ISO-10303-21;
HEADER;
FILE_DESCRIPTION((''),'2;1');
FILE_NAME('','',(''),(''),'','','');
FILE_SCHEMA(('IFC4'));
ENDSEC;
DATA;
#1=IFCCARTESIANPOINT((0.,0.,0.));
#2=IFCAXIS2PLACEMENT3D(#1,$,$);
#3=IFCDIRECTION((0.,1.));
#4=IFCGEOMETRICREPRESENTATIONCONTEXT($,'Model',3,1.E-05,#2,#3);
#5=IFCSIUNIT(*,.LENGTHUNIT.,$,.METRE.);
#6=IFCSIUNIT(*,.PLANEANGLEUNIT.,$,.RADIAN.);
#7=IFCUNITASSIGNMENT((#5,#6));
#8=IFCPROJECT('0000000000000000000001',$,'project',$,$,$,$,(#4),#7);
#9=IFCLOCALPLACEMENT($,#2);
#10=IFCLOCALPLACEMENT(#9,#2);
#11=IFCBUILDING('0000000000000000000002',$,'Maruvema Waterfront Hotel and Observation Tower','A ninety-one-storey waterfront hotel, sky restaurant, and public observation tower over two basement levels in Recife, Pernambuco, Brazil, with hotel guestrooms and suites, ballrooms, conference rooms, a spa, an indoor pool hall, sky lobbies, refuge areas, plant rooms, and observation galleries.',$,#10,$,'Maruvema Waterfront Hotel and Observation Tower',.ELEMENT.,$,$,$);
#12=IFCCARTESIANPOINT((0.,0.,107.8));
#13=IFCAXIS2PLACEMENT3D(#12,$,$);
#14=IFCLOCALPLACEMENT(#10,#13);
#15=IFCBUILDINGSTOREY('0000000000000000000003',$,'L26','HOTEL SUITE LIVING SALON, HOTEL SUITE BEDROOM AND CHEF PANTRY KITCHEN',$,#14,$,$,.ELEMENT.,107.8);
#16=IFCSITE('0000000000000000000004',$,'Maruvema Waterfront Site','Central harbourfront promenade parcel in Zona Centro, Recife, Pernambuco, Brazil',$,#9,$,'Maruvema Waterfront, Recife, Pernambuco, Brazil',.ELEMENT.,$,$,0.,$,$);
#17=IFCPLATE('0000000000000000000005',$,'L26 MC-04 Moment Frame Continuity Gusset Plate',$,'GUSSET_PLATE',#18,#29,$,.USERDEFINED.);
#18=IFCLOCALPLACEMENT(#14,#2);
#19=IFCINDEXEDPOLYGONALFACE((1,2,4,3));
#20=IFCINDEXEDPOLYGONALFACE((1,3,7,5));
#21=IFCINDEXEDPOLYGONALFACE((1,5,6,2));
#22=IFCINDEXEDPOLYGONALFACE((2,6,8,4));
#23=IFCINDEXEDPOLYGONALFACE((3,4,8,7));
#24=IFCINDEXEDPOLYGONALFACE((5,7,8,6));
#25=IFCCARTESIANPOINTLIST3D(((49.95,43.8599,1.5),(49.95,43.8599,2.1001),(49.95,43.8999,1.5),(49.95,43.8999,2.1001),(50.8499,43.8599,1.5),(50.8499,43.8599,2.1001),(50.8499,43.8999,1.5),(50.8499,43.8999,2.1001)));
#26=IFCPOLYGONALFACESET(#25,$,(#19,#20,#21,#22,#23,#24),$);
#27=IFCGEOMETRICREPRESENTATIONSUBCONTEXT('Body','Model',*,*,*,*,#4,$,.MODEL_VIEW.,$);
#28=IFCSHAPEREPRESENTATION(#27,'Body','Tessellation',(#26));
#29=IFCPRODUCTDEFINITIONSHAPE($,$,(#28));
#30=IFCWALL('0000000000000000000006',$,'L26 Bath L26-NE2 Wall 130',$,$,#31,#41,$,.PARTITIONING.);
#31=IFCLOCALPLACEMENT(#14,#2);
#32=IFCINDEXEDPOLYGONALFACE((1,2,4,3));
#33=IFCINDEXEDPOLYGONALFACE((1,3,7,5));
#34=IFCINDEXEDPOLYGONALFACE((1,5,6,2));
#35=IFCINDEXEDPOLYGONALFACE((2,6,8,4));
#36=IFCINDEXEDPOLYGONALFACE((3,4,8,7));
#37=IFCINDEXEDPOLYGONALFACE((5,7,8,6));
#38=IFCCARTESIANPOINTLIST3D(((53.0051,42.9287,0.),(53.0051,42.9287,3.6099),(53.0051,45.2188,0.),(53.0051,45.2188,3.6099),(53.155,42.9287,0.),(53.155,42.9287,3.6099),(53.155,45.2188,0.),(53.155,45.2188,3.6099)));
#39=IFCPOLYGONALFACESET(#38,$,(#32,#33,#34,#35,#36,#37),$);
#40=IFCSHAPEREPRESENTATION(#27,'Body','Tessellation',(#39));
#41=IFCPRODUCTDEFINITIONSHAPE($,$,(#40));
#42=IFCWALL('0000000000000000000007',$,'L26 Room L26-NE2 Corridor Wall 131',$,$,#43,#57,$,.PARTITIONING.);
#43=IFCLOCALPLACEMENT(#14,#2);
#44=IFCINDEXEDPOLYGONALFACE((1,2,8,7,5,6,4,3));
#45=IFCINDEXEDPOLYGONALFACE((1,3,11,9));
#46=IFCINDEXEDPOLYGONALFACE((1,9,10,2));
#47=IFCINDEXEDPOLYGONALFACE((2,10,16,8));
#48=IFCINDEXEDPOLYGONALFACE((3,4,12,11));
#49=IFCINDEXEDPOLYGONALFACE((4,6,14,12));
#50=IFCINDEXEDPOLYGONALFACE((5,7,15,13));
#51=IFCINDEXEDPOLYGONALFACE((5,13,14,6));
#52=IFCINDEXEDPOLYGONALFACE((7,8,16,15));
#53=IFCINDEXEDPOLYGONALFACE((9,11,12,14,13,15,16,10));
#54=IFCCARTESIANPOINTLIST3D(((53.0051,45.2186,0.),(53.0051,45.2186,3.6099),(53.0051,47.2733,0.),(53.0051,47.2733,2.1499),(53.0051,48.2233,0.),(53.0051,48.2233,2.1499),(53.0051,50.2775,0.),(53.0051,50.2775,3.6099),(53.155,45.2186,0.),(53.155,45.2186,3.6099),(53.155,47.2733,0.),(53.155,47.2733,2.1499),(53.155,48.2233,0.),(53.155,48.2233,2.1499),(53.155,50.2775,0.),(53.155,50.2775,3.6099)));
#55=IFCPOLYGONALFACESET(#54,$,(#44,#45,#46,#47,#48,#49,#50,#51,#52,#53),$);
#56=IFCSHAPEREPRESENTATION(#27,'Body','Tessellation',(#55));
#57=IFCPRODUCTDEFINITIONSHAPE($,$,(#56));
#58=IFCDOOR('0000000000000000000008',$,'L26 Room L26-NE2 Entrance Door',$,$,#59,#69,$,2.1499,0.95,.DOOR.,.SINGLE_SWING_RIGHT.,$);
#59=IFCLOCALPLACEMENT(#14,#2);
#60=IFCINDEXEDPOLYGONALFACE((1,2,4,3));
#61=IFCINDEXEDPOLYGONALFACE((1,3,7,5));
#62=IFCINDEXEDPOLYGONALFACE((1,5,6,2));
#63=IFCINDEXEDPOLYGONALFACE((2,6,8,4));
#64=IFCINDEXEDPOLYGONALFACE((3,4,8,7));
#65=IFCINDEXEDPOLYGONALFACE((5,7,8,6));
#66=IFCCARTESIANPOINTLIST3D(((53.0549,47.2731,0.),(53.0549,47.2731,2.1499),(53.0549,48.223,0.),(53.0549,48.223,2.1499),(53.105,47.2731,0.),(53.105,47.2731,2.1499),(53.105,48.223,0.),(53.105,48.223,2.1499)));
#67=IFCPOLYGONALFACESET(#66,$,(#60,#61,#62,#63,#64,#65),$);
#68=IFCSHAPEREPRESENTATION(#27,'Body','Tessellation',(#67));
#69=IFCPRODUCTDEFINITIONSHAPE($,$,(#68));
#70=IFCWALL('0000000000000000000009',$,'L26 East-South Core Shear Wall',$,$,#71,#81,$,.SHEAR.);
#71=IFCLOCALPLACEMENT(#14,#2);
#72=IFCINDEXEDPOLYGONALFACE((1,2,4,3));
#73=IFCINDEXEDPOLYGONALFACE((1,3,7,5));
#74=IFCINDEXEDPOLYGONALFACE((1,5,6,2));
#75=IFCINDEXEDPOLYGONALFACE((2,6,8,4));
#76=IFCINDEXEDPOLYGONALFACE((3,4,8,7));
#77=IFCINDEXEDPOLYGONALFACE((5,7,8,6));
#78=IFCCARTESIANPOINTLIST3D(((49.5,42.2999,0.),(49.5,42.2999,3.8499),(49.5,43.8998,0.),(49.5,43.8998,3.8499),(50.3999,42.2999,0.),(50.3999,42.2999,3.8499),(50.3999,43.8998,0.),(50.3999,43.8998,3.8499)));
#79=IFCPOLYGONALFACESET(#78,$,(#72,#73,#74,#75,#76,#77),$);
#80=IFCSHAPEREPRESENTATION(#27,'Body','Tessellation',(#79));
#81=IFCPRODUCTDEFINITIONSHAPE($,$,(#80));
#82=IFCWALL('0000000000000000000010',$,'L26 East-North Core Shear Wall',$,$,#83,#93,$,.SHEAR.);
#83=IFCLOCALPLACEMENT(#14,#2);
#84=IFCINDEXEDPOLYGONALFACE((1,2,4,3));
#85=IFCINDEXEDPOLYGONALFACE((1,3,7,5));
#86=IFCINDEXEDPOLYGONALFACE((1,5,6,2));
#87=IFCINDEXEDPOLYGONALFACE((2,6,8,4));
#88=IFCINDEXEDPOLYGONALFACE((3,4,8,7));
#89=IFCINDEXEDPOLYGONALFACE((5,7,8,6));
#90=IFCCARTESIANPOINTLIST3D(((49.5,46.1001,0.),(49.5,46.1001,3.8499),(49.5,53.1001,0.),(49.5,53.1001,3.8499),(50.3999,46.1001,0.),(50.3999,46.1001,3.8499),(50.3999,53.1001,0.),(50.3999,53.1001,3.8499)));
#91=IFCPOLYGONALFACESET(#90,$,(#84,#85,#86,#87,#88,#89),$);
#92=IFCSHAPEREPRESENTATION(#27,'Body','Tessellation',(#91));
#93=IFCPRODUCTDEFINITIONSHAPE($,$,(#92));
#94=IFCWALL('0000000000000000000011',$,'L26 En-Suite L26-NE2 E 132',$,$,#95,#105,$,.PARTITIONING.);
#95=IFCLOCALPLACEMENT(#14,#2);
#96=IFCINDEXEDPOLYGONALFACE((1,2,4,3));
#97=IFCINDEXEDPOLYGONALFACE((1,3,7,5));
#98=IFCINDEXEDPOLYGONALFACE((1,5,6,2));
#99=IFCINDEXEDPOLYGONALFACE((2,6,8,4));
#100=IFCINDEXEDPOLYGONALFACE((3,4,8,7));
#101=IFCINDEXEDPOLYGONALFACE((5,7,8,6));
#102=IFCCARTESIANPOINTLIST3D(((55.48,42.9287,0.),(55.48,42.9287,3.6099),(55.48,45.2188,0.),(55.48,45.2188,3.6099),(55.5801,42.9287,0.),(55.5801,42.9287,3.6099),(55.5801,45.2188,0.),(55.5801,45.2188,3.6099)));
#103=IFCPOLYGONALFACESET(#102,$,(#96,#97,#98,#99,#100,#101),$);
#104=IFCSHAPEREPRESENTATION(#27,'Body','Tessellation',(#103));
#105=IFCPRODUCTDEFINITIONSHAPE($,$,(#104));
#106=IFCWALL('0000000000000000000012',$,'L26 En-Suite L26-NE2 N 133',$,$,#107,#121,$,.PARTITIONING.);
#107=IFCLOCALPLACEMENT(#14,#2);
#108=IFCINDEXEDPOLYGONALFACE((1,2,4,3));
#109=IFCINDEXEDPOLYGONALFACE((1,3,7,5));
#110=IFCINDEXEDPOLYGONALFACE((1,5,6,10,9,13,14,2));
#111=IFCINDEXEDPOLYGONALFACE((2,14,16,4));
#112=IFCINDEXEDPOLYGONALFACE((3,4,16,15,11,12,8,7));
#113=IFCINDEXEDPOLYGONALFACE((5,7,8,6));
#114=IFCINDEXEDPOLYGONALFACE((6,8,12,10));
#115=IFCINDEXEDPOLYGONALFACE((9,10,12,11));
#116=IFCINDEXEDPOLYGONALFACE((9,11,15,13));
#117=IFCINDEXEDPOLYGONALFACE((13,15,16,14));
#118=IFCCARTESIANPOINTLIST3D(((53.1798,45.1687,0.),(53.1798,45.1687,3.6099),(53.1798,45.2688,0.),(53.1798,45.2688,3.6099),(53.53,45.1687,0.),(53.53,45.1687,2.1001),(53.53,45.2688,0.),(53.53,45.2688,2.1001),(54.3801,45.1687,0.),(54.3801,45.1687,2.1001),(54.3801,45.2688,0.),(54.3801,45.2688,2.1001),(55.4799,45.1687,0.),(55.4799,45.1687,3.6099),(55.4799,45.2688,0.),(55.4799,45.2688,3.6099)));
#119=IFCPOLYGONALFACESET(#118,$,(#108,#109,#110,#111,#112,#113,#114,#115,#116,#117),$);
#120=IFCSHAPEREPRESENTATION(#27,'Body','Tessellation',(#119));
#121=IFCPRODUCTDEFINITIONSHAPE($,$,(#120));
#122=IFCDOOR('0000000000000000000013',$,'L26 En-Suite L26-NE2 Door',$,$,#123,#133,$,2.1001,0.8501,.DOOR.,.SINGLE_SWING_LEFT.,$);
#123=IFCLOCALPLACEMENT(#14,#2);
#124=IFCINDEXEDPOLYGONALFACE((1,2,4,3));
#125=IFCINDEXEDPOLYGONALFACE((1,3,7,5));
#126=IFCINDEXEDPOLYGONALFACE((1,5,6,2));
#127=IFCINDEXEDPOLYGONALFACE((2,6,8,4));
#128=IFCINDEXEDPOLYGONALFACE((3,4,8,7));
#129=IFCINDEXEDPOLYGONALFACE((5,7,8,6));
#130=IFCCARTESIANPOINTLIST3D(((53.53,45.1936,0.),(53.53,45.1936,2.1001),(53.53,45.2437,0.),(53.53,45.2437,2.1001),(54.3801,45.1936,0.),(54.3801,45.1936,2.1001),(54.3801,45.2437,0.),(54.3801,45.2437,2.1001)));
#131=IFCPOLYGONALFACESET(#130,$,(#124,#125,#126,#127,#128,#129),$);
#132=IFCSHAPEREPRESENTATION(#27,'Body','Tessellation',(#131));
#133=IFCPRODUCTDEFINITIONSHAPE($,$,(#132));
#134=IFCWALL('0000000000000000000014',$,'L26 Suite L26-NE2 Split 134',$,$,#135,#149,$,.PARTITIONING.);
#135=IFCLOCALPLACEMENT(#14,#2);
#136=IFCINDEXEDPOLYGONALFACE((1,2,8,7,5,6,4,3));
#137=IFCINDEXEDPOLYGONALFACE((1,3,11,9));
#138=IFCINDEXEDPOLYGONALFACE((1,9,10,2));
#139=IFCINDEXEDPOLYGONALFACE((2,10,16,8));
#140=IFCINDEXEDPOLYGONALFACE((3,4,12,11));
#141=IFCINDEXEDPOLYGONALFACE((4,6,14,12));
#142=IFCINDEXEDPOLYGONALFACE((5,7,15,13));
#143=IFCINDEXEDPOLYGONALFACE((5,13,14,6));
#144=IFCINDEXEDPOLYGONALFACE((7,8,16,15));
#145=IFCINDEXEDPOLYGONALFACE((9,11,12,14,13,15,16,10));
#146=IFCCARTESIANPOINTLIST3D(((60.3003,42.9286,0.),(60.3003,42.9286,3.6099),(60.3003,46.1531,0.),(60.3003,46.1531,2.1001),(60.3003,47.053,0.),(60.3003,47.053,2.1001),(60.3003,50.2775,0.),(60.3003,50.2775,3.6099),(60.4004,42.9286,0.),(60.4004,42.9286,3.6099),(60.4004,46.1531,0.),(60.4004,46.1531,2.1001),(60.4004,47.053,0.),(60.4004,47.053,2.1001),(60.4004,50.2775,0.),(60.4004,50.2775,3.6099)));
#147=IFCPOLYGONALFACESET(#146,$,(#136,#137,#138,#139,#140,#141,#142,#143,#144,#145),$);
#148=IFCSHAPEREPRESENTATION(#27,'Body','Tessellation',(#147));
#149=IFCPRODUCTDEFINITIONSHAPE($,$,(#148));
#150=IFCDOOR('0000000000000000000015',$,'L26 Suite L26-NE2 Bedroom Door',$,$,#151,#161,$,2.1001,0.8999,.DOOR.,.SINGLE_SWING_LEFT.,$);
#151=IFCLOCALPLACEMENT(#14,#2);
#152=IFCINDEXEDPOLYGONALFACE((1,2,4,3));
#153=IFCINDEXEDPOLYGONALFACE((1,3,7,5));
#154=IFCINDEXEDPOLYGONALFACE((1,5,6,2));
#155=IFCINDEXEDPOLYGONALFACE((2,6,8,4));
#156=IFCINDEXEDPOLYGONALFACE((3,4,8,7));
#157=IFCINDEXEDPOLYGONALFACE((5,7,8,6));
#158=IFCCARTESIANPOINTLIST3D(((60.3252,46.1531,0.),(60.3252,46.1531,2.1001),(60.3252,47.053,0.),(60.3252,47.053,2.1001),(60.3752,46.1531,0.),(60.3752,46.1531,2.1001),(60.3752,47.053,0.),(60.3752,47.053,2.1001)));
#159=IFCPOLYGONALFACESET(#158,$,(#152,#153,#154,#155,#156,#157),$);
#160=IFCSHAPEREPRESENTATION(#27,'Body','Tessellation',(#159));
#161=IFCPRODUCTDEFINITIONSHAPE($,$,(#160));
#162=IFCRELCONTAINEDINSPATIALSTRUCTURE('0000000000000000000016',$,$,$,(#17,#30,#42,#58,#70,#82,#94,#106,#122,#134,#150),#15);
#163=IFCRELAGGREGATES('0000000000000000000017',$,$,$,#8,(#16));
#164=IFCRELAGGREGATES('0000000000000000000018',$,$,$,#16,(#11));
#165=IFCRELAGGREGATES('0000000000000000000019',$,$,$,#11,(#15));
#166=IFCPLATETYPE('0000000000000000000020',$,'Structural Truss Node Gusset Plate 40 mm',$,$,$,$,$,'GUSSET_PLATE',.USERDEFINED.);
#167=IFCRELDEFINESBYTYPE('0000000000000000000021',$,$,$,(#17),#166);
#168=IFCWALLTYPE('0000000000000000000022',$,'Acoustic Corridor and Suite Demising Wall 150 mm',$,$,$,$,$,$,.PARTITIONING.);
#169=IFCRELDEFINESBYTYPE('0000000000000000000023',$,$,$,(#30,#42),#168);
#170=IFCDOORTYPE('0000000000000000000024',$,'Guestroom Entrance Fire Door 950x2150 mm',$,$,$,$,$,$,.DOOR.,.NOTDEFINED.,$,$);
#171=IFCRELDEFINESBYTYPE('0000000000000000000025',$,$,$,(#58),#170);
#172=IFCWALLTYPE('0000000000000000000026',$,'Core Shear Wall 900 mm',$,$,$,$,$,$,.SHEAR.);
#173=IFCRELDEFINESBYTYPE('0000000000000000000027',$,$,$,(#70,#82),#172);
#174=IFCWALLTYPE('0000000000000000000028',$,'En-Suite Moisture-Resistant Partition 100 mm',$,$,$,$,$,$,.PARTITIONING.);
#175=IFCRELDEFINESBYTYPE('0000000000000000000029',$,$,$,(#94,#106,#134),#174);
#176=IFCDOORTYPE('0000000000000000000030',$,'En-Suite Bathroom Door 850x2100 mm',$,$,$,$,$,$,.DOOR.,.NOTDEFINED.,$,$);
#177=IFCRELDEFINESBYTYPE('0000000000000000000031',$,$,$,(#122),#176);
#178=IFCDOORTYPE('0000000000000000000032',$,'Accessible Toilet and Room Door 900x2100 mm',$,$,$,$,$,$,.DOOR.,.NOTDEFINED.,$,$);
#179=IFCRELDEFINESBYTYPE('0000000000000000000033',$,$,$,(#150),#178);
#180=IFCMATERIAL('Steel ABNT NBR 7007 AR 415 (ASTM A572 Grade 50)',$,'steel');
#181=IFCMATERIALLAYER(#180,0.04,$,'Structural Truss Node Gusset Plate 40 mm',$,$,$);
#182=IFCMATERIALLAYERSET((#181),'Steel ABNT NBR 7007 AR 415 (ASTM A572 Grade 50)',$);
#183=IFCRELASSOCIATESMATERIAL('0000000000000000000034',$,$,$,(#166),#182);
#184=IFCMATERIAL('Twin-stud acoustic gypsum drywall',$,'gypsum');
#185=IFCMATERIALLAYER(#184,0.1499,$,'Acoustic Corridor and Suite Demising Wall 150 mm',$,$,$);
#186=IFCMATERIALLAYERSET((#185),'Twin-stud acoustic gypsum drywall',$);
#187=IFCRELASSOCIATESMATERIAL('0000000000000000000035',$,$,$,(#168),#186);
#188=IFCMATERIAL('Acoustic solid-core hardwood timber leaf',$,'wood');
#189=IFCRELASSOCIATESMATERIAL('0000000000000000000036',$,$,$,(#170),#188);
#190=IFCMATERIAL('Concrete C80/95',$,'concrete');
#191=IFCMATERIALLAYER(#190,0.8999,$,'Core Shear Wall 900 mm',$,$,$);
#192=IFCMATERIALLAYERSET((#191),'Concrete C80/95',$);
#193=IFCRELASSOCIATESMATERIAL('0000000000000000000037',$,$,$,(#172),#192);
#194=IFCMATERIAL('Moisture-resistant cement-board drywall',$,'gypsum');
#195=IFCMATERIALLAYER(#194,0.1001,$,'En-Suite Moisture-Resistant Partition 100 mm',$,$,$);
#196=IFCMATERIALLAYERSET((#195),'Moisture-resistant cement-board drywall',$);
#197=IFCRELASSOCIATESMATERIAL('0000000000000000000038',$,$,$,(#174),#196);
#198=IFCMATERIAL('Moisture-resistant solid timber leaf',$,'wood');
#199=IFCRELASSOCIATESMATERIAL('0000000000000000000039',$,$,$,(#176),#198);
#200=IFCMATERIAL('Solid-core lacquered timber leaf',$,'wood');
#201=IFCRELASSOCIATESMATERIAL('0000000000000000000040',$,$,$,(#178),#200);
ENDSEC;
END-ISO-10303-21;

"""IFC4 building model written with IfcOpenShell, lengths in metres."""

from ifc_helpers import new_model, si_unit, direction, frame, frame_2d, origin, origin_2d, place, context, subcontext, project, spatial, rectangle, extrude, material, layer, layer_set, type_object, element, fill, save


model = new_model("IFC4")

# Units and contexts
model_context = context("Model", 3, precision=1e-05, world=origin(), true_north=direction((0.0, 1.0)))
body_context = subcontext(model_context, "Body", "Model", "MODEL_VIEW")
ifc_project = project(units=[si_unit("LENGTHUNIT", "METRE"), si_unit("PLANEANGLEUNIT", "RADIAN")], contexts=[model_context])

# Site, building, storey
site_placement = place(None, origin())
site = spatial("IfcSite", under=ifc_project, at=site_placement, Name="Maruvema Waterfront Site", Description="Central harbourfront promenade parcel in Zona Centro, Recife, Pernambuco, Brazil", LongName="Maruvema Waterfront, Recife, Pernambuco, Brazil", CompositionType="ELEMENT", RefElevation=0.0)
building_placement = place(site_placement, origin())
building = spatial("IfcBuilding", under=site, at=building_placement, Name="Maruvema Waterfront Hotel and Observation Tower", Description="A ninety-one-storey waterfront hotel, sky restaurant, and public observation tower over two basement levels in Recife, Pernambuco, Brazil, with hotel guestrooms and suites, ballrooms, conference rooms, a spa, an indoor pool hall, sky lobbies, refuge areas, plant rooms, and observation galleries.", LongName="Maruvema Waterfront Hotel and Observation Tower", CompositionType="ELEMENT")
storey_placement = place(building_placement, frame((0.0, 0.0, 107.8)))
storey = spatial("IfcBuildingStorey", under=building, at=storey_placement, Name="L26", Description="HOTEL SUITE LIVING SALON, HOTEL SUITE BEDROOM AND CHEF PANTRY KITCHEN", CompositionType="ELEMENT", Elevation=107.8)

# Plate
ifc_material_1 = material(Name="Steel ABNT NBR 7007 AR 415 (ASTM A572 Grade 50)", Category="steel")
ifc_layer_1 = layer(ifc_material_1, 0.04, Name="Structural Truss Node Gusset Plate 40 mm")
ifc_layer_set_1 = layer_set([ifc_layer_1], Name="Steel ABNT NBR 7007 AR 415 (ASTM A572 Grade 50)")
plate_type_1 = type_object("IfcPlateType", Name="Structural Truss Node Gusset Plate 40 mm", ElementType="GUSSET_PLATE", PredefinedType="USERDEFINED", material=ifc_layer_set_1)
plate_1_placement = place(storey_placement, frame((50.3999, 43.8799, 1.5), z_axis=(0.0, 0.0, 1.0), x_axis=(1.0, 0.0, 0.0)))
element("IfcPlate", 1, at=plate_1_placement, inside=storey, type_object=plate_type_1, Name="L26 MC-04 Moment Frame Continuity Gusset Plate", ObjectType="GUSSET_PLATE", PredefinedType="USERDEFINED", context=body_context, shape_type="SweptSolid", body=[
    extrude(rectangle(XDim=0.8999, YDim=0.04, at=origin_2d()), origin(), (0.0, 0.0, 1.0), 0.6001),
])

# Wall
ifc_material_2 = material(Name="Twin-stud acoustic gypsum drywall", Category="gypsum")
ifc_layer_2 = layer(ifc_material_2, 0.1499, Name="Acoustic Corridor and Suite Demising Wall 150 mm")
ifc_layer_set_2 = layer_set([ifc_layer_2], Name="Twin-stud acoustic gypsum drywall")
wall_type_1 = type_object("IfcWallType", Name="Acoustic Corridor and Suite Demising Wall 150 mm", PredefinedType="PARTITIONING", material=ifc_layer_set_2)
wall_1_placement = place(storey_placement, frame((53.0801, 42.9287, 0.0), z_axis=(0.0, 0.0, 1.0), x_axis=(0.0, 1.0, 0.0)))
element("IfcWall", 2, at=wall_1_placement, inside=storey, type_object=wall_type_1, Name="L26 Bath L26-NE2 Wall 130", PredefinedType="PARTITIONING", context=body_context, shape_type="SweptSolid", body=[
    extrude(rectangle(XDim=2.29, YDim=0.1499, at=frame_2d((1.145, 0.0))), origin(), (0.0, 0.0, 1.0), 3.6099),
])

# Wall, opening, door
wall_2_placement = place(storey_placement, frame((53.0801, 45.2188, 0.0), z_axis=(0.0, 0.0, 1.0), x_axis=(0.0, 1.0, 0.0)))
wall_2 = element("IfcWall", 3, at=wall_2_placement, inside=storey, type_object=wall_type_1, Name="L26 Room L26-NE2 Corridor Wall 131", PredefinedType="PARTITIONING", context=body_context, shape_type="SweptSolid", body=[
    extrude(rectangle(XDim=5.0588, YDim=0.1499, at=frame_2d((2.5293, 0.0))), origin(), (0.0, 0.0, 1.0), 3.6099),
])
opening_1_placement = place(wall_2_placement, frame((2.0544, 0.0, 0.0)))
opening_1 = element("IfcOpeningElement", 4, at=opening_1_placement, cuts=wall_2, PredefinedType="OPENING", context=body_context, shape_type="SweptSolid", body=[
    extrude(rectangle(XDim=0.95, YDim=2.1499, at=frame_2d((0.4751, 1.075))), frame((0.0, 0.085, 0.0), z_axis=(0.0, -1.0, 0.0), x_axis=(1.0, 0.0, 0.0)), (0.0, 0.0, 1.0), 0.1699),
])
ifc_material_3 = material(Name="Acoustic solid-core hardwood timber leaf", Category="wood")
door_type_1 = type_object("IfcDoorType", Name="Guestroom Entrance Fire Door 950x2150 mm", OperationType="NOTDEFINED", PredefinedType="DOOR", material=ifc_material_3)
door_1_placement = place(opening_1_placement, frame((0.95, 0.0, 0.0), z_axis=(0.0, 0.0, 1.0), x_axis=(-1.0, 0.0, 0.0)))
door_1 = element("IfcDoor", 5, at=door_1_placement, inside=storey, type_object=door_type_1, Name="L26 Room L26-NE2 Entrance Door", OperationType="SINGLE_SWING_RIGHT", OverallHeight=2.1499, OverallWidth=0.95, PredefinedType="DOOR", context=body_context, shape_type="SweptSolid", body=[
    extrude(rectangle(XDim=0.95, YDim=2.1499, at=frame_2d((0.4751, 1.075))), frame((0.0, 0.0249, 0.0), z_axis=(0.0, -1.0, 0.0), x_axis=(1.0, 0.0, 0.0)), (0.0, 0.0, 1.0), 0.05),
])
fill(opening_1, door_1)

# Walls
ifc_material_4 = material(Name="Concrete C80/95", Category="concrete")
ifc_layer_3 = layer(ifc_material_4, 0.8999, Name="Core Shear Wall 900 mm")
ifc_layer_set_3 = layer_set([ifc_layer_3], Name="Concrete C80/95")
wall_type_2 = type_object("IfcWallType", Name="Core Shear Wall 900 mm", PredefinedType="SHEAR", material=ifc_layer_set_3)
wall_3_placement = place(storey_placement, frame((49.95, 42.3, 0.0), z_axis=(0.0, 0.0, 1.0), x_axis=(0.0, 1.0, 0.0)))
element("IfcWall", 6, at=wall_3_placement, inside=storey, type_object=wall_type_2, Name="L26 East-South Core Shear Wall", PredefinedType="SHEAR", context=body_context, shape_type="SweptSolid", body=[
    extrude(rectangle(XDim=1.5999, YDim=0.8999, at=frame_2d((0.7998, 0.0))), origin(), (0.0, 0.0, 1.0), 3.8499),
])
wall_4_placement = place(storey_placement, frame((49.95, 46.1001, 0.0), z_axis=(0.0, 0.0, 1.0), x_axis=(0.0, 1.0, 0.0)))
element("IfcWall", 7, at=wall_4_placement, inside=storey, type_object=wall_type_2, Name="L26 East-North Core Shear Wall", PredefinedType="SHEAR", context=body_context, shape_type="SweptSolid", body=[
    extrude(rectangle(XDim=7.0, YDim=0.8999, at=frame_2d((3.5, 0.0))), origin(), (0.0, 0.0, 1.0), 3.8499),
])
ifc_material_5 = material(Name="Moisture-resistant cement-board drywall", Category="gypsum")
ifc_layer_4 = layer(ifc_material_5, 0.1001, Name="En-Suite Moisture-Resistant Partition 100 mm")
ifc_layer_set_4 = layer_set([ifc_layer_4], Name="Moisture-resistant cement-board drywall")
wall_type_3 = type_object("IfcWallType", Name="En-Suite Moisture-Resistant Partition 100 mm", PredefinedType="PARTITIONING", material=ifc_layer_set_4)
wall_5_placement = place(storey_placement, frame((55.53, 42.9287, 0.0), z_axis=(0.0, 0.0, 1.0), x_axis=(0.0, 1.0, 0.0)))
element("IfcWall", 8, at=wall_5_placement, inside=storey, type_object=wall_type_3, Name="L26 En-Suite L26-NE2 E 132", PredefinedType="PARTITIONING", context=body_context, shape_type="SweptSolid", body=[
    extrude(rectangle(XDim=2.29, YDim=0.1001, at=frame_2d((1.145, 0.0))), origin(), (0.0, 0.0, 1.0), 3.6099),
])

# Walls, openings, doors
wall_6_placement = place(storey_placement, frame((53.1799, 45.2188, 0.0), z_axis=(0.0, 0.0, 1.0), x_axis=(1.0, 0.0, 0.0)))
wall_6 = element("IfcWall", 9, at=wall_6_placement, inside=storey, type_object=wall_type_3, Name="L26 En-Suite L26-NE2 N 133", PredefinedType="PARTITIONING", context=body_context, shape_type="SweptSolid", body=[
    extrude(rectangle(XDim=2.3, YDim=0.1001, at=frame_2d((1.1499, 0.0))), origin(), (0.0, 0.0, 1.0), 3.6099),
])
opening_2_placement = place(wall_6_placement, frame((0.3501, 0.0, 0.0)))
opening_2 = element("IfcOpeningElement", 10, at=opening_2_placement, cuts=wall_6, PredefinedType="OPENING", context=body_context, shape_type="SweptSolid", body=[
    extrude(rectangle(XDim=0.8501, YDim=2.1001, at=frame_2d((0.425, 1.05))), frame((0.0, 0.0601, 0.0), z_axis=(0.0, -1.0, 0.0), x_axis=(1.0, 0.0, 0.0)), (0.0, 0.0, 1.0), 0.1201),
])
ifc_material_6 = material(Name="Moisture-resistant solid timber leaf", Category="wood")
door_type_2 = type_object("IfcDoorType", Name="En-Suite Bathroom Door 850x2100 mm", OperationType="NOTDEFINED", PredefinedType="DOOR", material=ifc_material_6)
door_2_placement = place(opening_2_placement, origin())
door_2 = element("IfcDoor", 11, at=door_2_placement, inside=storey, type_object=door_type_2, Name="L26 En-Suite L26-NE2 Door", OperationType="SINGLE_SWING_LEFT", OverallHeight=2.1001, OverallWidth=0.8501, PredefinedType="DOOR", context=body_context, shape_type="SweptSolid", body=[
    extrude(rectangle(XDim=0.8501, YDim=2.1001, at=frame_2d((0.425, 1.05))), frame((0.0, 0.0249, 0.0), z_axis=(0.0, -1.0, 0.0), x_axis=(1.0, 0.0, 0.0)), (0.0, 0.0, 1.0), 0.05),
])
fill(opening_2, door_2)
wall_7_placement = place(storey_placement, frame((60.3503, 42.9287, 0.0), z_axis=(0.0, 0.0, 1.0), x_axis=(0.0, 1.0, 0.0)))
wall_7 = element("IfcWall", 12, at=wall_7_placement, inside=storey, type_object=wall_type_3, Name="L26 Suite L26-NE2 Split 134", PredefinedType="PARTITIONING", context=body_context, shape_type="SweptSolid", body=[
    extrude(rectangle(XDim=7.3489, YDim=0.1001, at=frame_2d((3.6743, 0.0))), origin(), (0.0, 0.0, 1.0), 3.6099),
])
opening_3_placement = place(wall_7_placement, frame((3.2244, 0.0, 0.0)))
opening_3 = element("IfcOpeningElement", 13, at=opening_3_placement, cuts=wall_7, PredefinedType="OPENING", context=body_context, shape_type="SweptSolid", body=[
    extrude(rectangle(XDim=0.8999, YDim=2.1001, at=frame_2d((0.45, 1.05))), frame((0.0, 0.0601, 0.0), z_axis=(0.0, -1.0, 0.0), x_axis=(1.0, 0.0, 0.0)), (0.0, 0.0, 1.0), 0.1201),
])
ifc_material_7 = material(Name="Solid-core lacquered timber leaf", Category="wood")
door_type_3 = type_object("IfcDoorType", Name="Accessible Toilet and Room Door 900x2100 mm", OperationType="NOTDEFINED", PredefinedType="DOOR", material=ifc_material_7)
door_3_placement = place(opening_3_placement, frame((0.8999, 0.0, 0.0), z_axis=(0.0, 0.0, 1.0), x_axis=(-1.0, 0.0, 0.0)))
door_3 = element("IfcDoor", 14, at=door_3_placement, inside=storey, type_object=door_type_3, Name="L26 Suite L26-NE2 Bedroom Door", OperationType="SINGLE_SWING_LEFT", OverallHeight=2.1001, OverallWidth=0.8999, PredefinedType="DOOR", context=body_context, shape_type="SweptSolid", body=[
    extrude(rectangle(XDim=0.8999, YDim=2.1001, at=frame_2d((0.45, 1.05))), frame((0.0, 0.0249, 0.0), z_axis=(0.0, -1.0, 0.0), x_axis=(1.0, 0.0, 0.0)), (0.0, 0.0, 1.0), 0.05),
])
fill(opening_3, door_3)

save(model, "model.ifc")
